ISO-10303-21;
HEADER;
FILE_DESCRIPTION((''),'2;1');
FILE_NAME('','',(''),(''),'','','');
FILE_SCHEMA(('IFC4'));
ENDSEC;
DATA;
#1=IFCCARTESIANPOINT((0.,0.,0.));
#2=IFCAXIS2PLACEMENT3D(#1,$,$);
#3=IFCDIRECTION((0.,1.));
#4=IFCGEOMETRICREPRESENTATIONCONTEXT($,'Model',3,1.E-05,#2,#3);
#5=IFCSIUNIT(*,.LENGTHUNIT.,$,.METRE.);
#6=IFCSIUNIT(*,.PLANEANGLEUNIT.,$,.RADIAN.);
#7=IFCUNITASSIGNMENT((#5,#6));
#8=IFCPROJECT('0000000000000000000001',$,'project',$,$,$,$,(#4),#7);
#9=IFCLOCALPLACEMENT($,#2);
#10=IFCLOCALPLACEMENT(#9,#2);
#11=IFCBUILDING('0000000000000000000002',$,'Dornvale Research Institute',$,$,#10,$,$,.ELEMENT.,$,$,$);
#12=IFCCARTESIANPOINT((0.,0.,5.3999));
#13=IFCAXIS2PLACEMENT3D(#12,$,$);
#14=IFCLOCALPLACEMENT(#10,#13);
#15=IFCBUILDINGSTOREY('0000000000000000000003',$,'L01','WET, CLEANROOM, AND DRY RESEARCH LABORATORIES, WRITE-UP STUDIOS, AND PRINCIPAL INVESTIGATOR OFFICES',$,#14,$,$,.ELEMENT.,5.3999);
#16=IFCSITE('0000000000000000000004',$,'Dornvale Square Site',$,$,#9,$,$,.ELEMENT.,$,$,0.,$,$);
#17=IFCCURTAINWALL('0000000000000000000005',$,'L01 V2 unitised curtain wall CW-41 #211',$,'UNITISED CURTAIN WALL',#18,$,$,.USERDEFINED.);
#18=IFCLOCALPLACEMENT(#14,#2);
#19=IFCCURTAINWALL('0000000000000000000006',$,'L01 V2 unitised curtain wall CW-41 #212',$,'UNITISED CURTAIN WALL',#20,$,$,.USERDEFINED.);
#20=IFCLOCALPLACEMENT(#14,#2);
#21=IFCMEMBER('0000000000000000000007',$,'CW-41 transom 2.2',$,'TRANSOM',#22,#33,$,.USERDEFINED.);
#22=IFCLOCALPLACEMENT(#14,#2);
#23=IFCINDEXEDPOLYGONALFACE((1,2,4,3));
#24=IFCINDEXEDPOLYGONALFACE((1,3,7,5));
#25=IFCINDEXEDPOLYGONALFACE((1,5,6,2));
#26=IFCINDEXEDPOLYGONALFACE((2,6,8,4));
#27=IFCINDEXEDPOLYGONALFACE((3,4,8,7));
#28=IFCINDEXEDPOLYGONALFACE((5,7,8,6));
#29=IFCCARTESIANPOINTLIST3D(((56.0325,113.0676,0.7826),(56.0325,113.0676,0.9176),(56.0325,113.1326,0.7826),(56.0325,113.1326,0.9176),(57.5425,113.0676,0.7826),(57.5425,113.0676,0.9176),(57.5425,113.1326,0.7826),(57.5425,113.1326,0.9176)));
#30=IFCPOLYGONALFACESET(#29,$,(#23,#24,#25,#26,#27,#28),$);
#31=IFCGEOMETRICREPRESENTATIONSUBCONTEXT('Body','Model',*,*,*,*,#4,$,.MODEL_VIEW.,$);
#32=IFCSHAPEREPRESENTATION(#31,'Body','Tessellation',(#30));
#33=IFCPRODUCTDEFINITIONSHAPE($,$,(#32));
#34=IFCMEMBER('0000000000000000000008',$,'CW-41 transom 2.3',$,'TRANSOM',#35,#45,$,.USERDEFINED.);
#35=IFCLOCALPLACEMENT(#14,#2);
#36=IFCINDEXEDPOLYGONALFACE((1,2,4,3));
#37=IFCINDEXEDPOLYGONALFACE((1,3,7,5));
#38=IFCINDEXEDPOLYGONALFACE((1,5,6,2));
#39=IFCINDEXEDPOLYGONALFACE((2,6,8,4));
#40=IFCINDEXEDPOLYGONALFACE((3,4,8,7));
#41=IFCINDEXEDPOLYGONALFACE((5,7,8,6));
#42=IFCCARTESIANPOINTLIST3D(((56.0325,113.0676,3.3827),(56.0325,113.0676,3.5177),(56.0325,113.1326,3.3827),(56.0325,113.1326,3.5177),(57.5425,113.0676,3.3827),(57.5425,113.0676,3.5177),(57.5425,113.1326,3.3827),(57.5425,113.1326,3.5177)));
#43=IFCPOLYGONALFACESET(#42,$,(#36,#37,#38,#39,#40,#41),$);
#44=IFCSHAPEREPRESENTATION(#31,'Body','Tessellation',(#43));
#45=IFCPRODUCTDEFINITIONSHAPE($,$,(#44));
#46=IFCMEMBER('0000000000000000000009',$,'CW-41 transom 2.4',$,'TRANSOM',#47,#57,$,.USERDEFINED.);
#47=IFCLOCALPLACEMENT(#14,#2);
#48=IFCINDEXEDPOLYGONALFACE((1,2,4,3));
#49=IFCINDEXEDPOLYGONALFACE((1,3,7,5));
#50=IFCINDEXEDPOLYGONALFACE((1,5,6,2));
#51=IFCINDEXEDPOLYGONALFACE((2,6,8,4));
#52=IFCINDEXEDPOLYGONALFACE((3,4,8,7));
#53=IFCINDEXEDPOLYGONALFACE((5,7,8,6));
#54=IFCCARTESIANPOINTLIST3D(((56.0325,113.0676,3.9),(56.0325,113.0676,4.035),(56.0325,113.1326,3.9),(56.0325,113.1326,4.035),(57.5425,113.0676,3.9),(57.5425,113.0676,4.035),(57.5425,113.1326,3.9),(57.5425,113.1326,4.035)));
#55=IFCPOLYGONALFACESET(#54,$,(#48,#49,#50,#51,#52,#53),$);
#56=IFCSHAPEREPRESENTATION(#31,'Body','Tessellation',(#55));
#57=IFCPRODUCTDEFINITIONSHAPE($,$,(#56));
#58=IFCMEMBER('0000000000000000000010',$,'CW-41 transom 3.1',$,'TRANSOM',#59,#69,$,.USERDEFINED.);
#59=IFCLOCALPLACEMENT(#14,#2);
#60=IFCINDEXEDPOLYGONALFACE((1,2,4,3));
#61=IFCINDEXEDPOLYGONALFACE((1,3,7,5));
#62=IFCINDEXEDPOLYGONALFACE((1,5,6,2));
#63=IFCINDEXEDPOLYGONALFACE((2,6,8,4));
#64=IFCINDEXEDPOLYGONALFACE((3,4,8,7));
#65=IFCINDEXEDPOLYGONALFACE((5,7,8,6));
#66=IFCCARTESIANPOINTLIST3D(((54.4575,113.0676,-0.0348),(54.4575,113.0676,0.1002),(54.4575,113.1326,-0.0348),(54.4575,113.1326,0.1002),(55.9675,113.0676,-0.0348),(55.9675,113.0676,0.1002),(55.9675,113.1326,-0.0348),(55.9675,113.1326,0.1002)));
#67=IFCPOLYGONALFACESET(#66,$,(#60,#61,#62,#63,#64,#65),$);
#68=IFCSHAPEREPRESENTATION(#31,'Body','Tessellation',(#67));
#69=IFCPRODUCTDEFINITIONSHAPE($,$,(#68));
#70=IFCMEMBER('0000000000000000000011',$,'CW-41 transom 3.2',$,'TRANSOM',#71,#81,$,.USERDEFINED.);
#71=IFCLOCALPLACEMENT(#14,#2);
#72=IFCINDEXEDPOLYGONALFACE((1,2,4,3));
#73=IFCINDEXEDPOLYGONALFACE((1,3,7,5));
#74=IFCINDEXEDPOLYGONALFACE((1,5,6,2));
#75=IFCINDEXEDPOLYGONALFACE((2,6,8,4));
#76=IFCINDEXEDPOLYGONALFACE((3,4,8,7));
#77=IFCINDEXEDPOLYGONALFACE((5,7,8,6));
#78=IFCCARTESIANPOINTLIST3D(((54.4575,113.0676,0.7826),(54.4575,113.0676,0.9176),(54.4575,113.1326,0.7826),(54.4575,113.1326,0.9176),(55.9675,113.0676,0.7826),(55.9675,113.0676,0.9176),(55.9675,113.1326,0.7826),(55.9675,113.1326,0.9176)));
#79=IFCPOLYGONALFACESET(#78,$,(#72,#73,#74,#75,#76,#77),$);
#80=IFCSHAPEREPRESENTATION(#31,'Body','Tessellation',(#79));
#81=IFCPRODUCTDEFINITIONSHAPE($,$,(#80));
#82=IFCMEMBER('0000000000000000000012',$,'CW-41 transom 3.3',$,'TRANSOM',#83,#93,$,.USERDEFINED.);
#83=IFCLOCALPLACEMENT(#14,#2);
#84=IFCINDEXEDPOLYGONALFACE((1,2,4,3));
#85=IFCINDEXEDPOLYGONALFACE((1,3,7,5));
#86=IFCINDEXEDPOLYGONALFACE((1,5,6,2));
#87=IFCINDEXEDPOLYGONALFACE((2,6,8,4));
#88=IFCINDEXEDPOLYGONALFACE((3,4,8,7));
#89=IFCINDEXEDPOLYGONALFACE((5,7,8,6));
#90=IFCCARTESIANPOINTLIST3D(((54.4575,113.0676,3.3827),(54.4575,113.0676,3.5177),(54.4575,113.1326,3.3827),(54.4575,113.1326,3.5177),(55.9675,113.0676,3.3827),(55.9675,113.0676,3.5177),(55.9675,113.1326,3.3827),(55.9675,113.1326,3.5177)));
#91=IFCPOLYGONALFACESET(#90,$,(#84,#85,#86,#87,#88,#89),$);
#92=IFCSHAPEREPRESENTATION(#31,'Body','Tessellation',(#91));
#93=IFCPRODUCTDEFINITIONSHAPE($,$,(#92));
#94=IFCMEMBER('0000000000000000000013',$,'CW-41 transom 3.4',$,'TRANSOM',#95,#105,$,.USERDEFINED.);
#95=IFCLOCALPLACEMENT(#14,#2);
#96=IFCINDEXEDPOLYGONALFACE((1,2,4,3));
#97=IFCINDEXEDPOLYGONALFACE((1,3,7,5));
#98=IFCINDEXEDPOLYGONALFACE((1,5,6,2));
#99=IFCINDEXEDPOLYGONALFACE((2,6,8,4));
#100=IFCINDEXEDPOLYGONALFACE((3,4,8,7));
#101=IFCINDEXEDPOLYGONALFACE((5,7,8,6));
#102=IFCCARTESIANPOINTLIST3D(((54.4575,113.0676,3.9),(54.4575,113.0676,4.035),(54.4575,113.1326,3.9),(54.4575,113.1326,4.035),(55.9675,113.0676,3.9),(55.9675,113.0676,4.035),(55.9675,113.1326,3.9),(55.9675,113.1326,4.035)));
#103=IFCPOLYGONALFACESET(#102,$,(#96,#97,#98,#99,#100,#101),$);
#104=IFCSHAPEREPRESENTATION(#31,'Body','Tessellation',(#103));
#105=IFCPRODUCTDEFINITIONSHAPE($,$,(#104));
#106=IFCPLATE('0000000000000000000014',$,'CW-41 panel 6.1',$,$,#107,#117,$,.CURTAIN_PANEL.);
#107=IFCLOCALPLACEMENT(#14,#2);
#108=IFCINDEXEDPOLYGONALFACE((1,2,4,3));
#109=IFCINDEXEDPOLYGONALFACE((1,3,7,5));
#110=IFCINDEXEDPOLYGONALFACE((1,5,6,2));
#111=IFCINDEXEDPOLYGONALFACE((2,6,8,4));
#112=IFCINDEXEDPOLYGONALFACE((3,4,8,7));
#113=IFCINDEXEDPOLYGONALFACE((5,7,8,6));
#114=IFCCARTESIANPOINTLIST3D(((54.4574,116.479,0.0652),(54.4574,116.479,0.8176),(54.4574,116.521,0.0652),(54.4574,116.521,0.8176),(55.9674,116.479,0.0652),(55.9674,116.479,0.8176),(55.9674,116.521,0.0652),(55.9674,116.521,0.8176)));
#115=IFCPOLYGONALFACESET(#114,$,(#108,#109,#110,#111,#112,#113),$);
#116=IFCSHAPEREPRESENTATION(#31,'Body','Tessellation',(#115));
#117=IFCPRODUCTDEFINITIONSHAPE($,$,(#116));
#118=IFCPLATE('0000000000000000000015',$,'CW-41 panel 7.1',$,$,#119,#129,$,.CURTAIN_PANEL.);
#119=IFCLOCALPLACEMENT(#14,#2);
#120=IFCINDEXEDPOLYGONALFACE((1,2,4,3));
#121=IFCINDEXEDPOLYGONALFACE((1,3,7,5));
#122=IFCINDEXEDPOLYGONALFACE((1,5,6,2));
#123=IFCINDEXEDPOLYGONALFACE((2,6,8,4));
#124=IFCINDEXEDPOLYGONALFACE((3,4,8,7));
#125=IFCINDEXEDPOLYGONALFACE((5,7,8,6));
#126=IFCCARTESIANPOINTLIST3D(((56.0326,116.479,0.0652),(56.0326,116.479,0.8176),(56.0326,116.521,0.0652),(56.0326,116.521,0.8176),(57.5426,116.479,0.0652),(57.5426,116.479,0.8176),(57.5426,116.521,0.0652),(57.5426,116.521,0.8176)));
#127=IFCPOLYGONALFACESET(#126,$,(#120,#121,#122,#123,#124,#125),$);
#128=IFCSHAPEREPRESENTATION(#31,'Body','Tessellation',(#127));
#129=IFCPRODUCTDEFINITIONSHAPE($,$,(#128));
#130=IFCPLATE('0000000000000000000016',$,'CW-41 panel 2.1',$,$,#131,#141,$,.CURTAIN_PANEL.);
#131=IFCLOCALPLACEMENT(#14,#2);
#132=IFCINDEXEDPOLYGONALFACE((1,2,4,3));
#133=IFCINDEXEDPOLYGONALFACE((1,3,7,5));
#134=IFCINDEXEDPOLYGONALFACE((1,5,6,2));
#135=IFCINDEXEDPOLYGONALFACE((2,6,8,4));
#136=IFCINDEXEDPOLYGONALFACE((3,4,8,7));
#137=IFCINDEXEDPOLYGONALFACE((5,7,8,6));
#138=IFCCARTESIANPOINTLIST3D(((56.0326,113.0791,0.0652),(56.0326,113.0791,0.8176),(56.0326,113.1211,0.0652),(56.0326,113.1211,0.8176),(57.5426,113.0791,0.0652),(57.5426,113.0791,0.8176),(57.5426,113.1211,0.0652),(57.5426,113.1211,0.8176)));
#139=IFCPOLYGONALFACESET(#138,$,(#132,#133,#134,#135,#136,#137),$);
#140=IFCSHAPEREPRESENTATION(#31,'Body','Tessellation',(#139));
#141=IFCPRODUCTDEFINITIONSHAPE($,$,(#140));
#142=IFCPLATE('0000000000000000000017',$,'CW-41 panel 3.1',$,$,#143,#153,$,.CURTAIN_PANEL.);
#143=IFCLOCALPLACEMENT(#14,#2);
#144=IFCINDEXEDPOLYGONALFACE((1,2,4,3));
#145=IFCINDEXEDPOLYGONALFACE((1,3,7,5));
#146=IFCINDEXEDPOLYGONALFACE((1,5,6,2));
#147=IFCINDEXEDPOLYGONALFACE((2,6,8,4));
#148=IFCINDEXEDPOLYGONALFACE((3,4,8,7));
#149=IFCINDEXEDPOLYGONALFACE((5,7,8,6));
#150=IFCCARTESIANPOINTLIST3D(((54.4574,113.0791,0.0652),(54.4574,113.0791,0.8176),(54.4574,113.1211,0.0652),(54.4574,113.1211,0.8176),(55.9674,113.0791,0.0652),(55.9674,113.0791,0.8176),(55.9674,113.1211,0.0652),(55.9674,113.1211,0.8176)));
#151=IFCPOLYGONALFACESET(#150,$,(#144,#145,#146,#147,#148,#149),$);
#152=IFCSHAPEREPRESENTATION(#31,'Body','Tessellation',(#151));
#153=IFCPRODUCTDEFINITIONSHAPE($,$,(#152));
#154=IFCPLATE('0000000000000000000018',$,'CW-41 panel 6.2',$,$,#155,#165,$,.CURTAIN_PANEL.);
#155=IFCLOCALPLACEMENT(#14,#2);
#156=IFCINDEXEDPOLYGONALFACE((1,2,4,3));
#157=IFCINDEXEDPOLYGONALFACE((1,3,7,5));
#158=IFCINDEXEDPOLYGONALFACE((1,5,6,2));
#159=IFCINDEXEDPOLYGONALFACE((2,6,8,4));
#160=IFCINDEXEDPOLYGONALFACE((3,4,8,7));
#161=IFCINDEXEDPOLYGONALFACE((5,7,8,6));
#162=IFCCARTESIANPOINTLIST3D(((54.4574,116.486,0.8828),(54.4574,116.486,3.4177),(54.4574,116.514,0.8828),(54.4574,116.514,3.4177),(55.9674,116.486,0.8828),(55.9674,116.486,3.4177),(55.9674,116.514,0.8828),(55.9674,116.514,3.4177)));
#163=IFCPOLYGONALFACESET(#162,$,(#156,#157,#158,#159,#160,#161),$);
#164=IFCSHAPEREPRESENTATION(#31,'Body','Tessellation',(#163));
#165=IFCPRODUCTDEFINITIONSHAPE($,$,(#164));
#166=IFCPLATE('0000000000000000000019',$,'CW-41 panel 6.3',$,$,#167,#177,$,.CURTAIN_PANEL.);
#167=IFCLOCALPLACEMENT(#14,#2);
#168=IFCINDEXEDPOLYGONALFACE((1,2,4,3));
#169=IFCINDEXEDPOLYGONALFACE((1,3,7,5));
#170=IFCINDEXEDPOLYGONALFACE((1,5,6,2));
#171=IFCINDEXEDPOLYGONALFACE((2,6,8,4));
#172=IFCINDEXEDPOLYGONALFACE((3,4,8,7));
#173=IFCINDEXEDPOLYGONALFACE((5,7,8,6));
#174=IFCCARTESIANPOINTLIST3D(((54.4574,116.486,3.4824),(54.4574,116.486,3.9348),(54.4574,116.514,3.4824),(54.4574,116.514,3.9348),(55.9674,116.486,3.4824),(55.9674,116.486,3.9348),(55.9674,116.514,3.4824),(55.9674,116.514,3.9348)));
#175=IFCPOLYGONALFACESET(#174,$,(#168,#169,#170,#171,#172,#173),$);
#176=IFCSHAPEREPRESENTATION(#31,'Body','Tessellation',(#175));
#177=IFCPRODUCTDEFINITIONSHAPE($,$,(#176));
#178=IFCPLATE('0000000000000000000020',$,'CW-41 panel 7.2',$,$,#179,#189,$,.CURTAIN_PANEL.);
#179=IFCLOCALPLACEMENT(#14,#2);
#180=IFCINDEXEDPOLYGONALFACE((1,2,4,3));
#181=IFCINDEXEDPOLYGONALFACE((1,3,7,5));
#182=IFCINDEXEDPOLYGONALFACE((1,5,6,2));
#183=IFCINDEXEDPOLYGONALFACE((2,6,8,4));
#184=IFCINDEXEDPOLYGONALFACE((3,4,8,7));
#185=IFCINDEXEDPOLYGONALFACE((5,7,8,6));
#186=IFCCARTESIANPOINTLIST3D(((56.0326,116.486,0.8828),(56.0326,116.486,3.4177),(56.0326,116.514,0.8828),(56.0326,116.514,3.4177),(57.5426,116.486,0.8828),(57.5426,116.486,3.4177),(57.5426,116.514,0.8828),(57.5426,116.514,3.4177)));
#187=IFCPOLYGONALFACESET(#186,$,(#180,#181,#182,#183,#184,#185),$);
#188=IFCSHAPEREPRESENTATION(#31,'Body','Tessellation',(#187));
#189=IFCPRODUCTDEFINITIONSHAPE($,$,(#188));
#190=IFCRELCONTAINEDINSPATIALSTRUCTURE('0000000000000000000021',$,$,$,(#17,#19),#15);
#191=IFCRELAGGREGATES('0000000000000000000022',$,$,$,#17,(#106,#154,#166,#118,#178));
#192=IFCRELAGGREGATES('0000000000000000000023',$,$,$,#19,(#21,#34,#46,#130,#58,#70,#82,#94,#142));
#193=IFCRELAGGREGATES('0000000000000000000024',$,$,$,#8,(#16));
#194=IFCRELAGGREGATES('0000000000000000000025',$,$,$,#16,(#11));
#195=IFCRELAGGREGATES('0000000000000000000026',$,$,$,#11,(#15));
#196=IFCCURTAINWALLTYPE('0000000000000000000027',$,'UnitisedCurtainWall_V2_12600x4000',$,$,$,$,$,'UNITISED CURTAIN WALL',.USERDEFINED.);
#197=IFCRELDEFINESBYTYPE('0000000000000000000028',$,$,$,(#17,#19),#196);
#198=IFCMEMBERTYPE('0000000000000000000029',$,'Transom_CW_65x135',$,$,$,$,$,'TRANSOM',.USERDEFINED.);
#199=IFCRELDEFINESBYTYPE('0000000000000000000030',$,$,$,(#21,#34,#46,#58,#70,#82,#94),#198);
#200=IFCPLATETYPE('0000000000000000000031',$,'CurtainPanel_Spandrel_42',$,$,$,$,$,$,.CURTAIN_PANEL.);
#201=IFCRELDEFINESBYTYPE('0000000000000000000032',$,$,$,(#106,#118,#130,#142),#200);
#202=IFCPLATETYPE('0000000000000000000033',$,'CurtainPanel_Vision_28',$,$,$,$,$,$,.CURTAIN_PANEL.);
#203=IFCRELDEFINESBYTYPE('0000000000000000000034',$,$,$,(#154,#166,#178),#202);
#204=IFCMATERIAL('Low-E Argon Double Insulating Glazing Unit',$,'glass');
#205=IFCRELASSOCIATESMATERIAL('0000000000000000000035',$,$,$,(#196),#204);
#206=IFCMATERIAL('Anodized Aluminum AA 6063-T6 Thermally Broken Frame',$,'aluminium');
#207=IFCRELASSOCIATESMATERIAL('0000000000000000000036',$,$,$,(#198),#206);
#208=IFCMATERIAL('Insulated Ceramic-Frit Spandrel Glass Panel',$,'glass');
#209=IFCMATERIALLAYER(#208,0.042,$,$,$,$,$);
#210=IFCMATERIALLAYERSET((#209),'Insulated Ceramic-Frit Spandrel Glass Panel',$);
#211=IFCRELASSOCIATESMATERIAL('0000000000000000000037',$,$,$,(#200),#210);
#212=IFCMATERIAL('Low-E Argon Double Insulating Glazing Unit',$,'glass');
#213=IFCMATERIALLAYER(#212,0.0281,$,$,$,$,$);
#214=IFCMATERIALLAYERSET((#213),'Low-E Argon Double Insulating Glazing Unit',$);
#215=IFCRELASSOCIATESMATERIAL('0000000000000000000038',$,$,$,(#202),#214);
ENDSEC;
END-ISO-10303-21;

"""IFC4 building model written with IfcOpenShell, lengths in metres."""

from ifc_helpers import new_model, si_unit, direction, frame, origin, origin_2d, place, context, subcontext, project, spatial, rectangle, extrude, material, layer, layer_set, material_profile, profile_set, type_object, element, aggregate, save


model = new_model("IFC4")

# Units and contexts
model_context = context("Model", 3, precision=1e-05, world=origin(), true_north=direction((0.0, 1.0)))
body_context = subcontext(model_context, "Body", "Model", "MODEL_VIEW")
ifc_project = project(units=[si_unit("LENGTHUNIT", "METRE"), si_unit("PLANEANGLEUNIT", "RADIAN")], contexts=[model_context])

# Site, building, storey
site_placement = place(None, origin())
site = spatial("IfcSite", under=ifc_project, at=site_placement, Name="Dornvale Square Site", CompositionType="ELEMENT", RefElevation=0.0)
building_placement = place(site_placement, origin())
building = spatial("IfcBuilding", under=site, at=building_placement, Name="Dornvale Research Institute", CompositionType="ELEMENT")
storey_placement = place(building_placement, frame((0.0, 0.0, 5.3999)))
storey = spatial("IfcBuildingStorey", under=building, at=storey_placement, Name="L01", Description="WET, CLEANROOM, AND DRY RESEARCH LABORATORIES, WRITE-UP STUDIOS, AND PRINCIPAL INVESTIGATOR OFFICES", CompositionType="ELEMENT", Elevation=5.3999)

# Curtain walls
ifc_material_1 = material(Name="Low-E Argon Double Insulating Glazing Unit", Category="glass")
curtain_wall_type = type_object("IfcCurtainWallType", Name="UnitisedCurtainWall_V2_12600x4000", ElementType="UNITISED CURTAIN WALL", PredefinedType="USERDEFINED", material=ifc_material_1)
curtain_wall_1_placement = place(storey_placement, origin())
curtain_wall_1 = element("IfcCurtainWall", 1, at=curtain_wall_1_placement, inside=storey, type_object=curtain_wall_type, Name="L01 V2 unitised curtain wall CW-41 #211", ObjectType="UNITISED CURTAIN WALL", PredefinedType="USERDEFINED")
curtain_wall_2_placement = place(storey_placement, origin())
curtain_wall_2 = element("IfcCurtainWall", 2, at=curtain_wall_2_placement, inside=storey, type_object=curtain_wall_type, Name="L01 V2 unitised curtain wall CW-41 #212", ObjectType="UNITISED CURTAIN WALL", PredefinedType="USERDEFINED")

# Members
ifc_material_2 = material(Name="Anodized Aluminum AA 6063-T6 Thermally Broken Frame", Category="aluminium")
ifc_material_profile_1 = material_profile(ifc_material_2, rectangle(XDim=0.0649, YDim=0.135, at=origin_2d()), Name="ALU TRANSOM 65x135")
ifc_profile_set_1 = profile_set([ifc_material_profile_1], Name="Anodized Aluminum AA 6063-T6 Thermally Broken Frame")
member_type_1 = type_object("IfcMemberType", Name="Transom_CW_65x135", ElementType="TRANSOM", PredefinedType="USERDEFINED", material=ifc_profile_set_1)
member_1_placement = place(storey_placement, frame((57.5425, 113.1001, 0.8501), z_axis=(-1.0, 0.0, 0.0), x_axis=(0.0, -1.0, 0.0)))
member_1 = element("IfcMember", 3, at=member_1_placement, type_object=member_type_1, Name="CW-41 transom 2.2", ObjectType="TRANSOM", PredefinedType="USERDEFINED", context=body_context, shape_type="SweptSolid", body=[
    extrude(rectangle(XDim=0.0649, YDim=0.135, at=origin_2d()), origin(), (0.0, 0.0, 1.0), 1.51),
])
member_2_placement = place(storey_placement, frame((57.5425, 113.1001, 3.4502), z_axis=(-1.0, 0.0, 0.0), x_axis=(0.0, -1.0, 0.0)))
member_2 = element("IfcMember", 4, at=member_2_placement, type_object=member_type_1, Name="CW-41 transom 2.3", ObjectType="TRANSOM", PredefinedType="USERDEFINED", context=body_context, shape_type="SweptSolid", body=[
    extrude(rectangle(XDim=0.0649, YDim=0.135, at=origin_2d()), origin(), (0.0, 0.0, 1.0), 1.51),
])
member_3_placement = place(storey_placement, frame((57.5425, 113.1001, 3.9675), z_axis=(-1.0, 0.0, 0.0), x_axis=(0.0, -1.0, 0.0)))
member_3 = element("IfcMember", 5, at=member_3_placement, type_object=member_type_1, Name="CW-41 transom 2.4", ObjectType="TRANSOM", PredefinedType="USERDEFINED", context=body_context, shape_type="SweptSolid", body=[
    extrude(rectangle(XDim=0.0649, YDim=0.135, at=origin_2d()), origin(), (0.0, 0.0, 1.0), 1.51),
])
member_4_placement = place(storey_placement, frame((55.9675, 113.1001, 0.0327), z_axis=(-1.0, 0.0, 0.0), x_axis=(0.0, -1.0, 0.0)))
member_4 = element("IfcMember", 6, at=member_4_placement, type_object=member_type_1, Name="CW-41 transom 3.1", ObjectType="TRANSOM", PredefinedType="USERDEFINED", context=body_context, shape_type="SweptSolid", body=[
    extrude(rectangle(XDim=0.0649, YDim=0.135, at=origin_2d()), origin(), (0.0, 0.0, 1.0), 1.51),
])
member_5_placement = place(storey_placement, frame((55.9675, 113.1001, 0.8501), z_axis=(-1.0, 0.0, 0.0), x_axis=(0.0, -1.0, 0.0)))
member_5 = element("IfcMember", 7, at=member_5_placement, type_object=member_type_1, Name="CW-41 transom 3.2", ObjectType="TRANSOM", PredefinedType="USERDEFINED", context=body_context, shape_type="SweptSolid", body=[
    extrude(rectangle(XDim=0.0649, YDim=0.135, at=origin_2d()), origin(), (0.0, 0.0, 1.0), 1.51),
])
member_6_placement = place(storey_placement, frame((55.9675, 113.1001, 3.4502), z_axis=(-1.0, 0.0, 0.0), x_axis=(0.0, -1.0, 0.0)))
member_6 = element("IfcMember", 8, at=member_6_placement, type_object=member_type_1, Name="CW-41 transom 3.3", ObjectType="TRANSOM", PredefinedType="USERDEFINED", context=body_context, shape_type="SweptSolid", body=[
    extrude(rectangle(XDim=0.0649, YDim=0.135, at=origin_2d()), origin(), (0.0, 0.0, 1.0), 1.51),
])
member_7_placement = place(storey_placement, frame((55.9675, 113.1001, 3.9675), z_axis=(-1.0, 0.0, 0.0), x_axis=(0.0, -1.0, 0.0)))
member_7 = element("IfcMember", 9, at=member_7_placement, type_object=member_type_1, Name="CW-41 transom 3.4", ObjectType="TRANSOM", PredefinedType="USERDEFINED", context=body_context, shape_type="SweptSolid", body=[
    extrude(rectangle(XDim=0.0649, YDim=0.135, at=origin_2d()), origin(), (0.0, 0.0, 1.0), 1.51),
])

# Plates
ifc_material_3 = material(Name="Insulated Ceramic-Frit Spandrel Glass Panel", Category="glass")
ifc_layer_1 = layer(ifc_material_3, 0.042)
ifc_layer_set_1 = layer_set([ifc_layer_1], Name="Insulated Ceramic-Frit Spandrel Glass Panel")
plate_type_1 = type_object("IfcPlateType", Name="CurtainPanel_Spandrel_42", PredefinedType="CURTAIN_PANEL", material=ifc_layer_set_1)
plate_1_placement = place(storey_placement, frame((55.2124, 116.5, 0.0652), z_axis=(0.0, 0.0, 1.0), x_axis=(1.0, 0.0, 0.0)))
plate_1 = element("IfcPlate", 10, at=plate_1_placement, type_object=plate_type_1, Name="CW-41 panel 6.1", PredefinedType="CURTAIN_PANEL", context=body_context, shape_type="SweptSolid", body=[
    extrude(rectangle(XDim=1.51, YDim=0.042, at=origin_2d()), origin(), (0.0, 0.0, 1.0), 0.7524),
])
plate_2_placement = place(storey_placement, frame((56.7876, 116.5, 0.0652), z_axis=(0.0, 0.0, 1.0), x_axis=(1.0, 0.0, 0.0)))
plate_2 = element("IfcPlate", 11, at=plate_2_placement, type_object=plate_type_1, Name="CW-41 panel 7.1", PredefinedType="CURTAIN_PANEL", context=body_context, shape_type="SweptSolid", body=[
    extrude(rectangle(XDim=1.51, YDim=0.042, at=origin_2d()), origin(), (0.0, 0.0, 1.0), 0.7524),
])
plate_3_placement = place(storey_placement, frame((56.7876, 113.1001, 0.0652), z_axis=(0.0, 0.0, 1.0), x_axis=(-1.0, 0.0, 0.0)))
plate_3 = element("IfcPlate", 12, at=plate_3_placement, type_object=plate_type_1, Name="CW-41 panel 2.1", PredefinedType="CURTAIN_PANEL", context=body_context, shape_type="SweptSolid", body=[
    extrude(rectangle(XDim=1.51, YDim=0.042, at=origin_2d()), origin(), (0.0, 0.0, 1.0), 0.7524),
])
plate_4_placement = place(storey_placement, frame((55.2124, 113.1001, 0.0652), z_axis=(0.0, 0.0, 1.0), x_axis=(-1.0, 0.0, 0.0)))
plate_4 = element("IfcPlate", 13, at=plate_4_placement, type_object=plate_type_1, Name="CW-41 panel 3.1", PredefinedType="CURTAIN_PANEL", context=body_context, shape_type="SweptSolid", body=[
    extrude(rectangle(XDim=1.51, YDim=0.042, at=origin_2d()), origin(), (0.0, 0.0, 1.0), 0.7524),
])
ifc_material_4 = material(Name="Low-E Argon Double Insulating Glazing Unit", Category="glass")
ifc_layer_2 = layer(ifc_material_4, 0.0281)
ifc_layer_set_2 = layer_set([ifc_layer_2], Name="Low-E Argon Double Insulating Glazing Unit")
plate_type_2 = type_object("IfcPlateType", Name="CurtainPanel_Vision_28", PredefinedType="CURTAIN_PANEL", material=ifc_layer_set_2)
plate_5_placement = place(storey_placement, frame((55.2124, 116.5, 0.8828), z_axis=(0.0, 0.0, 1.0), x_axis=(1.0, 0.0, 0.0)))
plate_5 = element("IfcPlate", 14, at=plate_5_placement, type_object=plate_type_2, Name="CW-41 panel 6.2", PredefinedType="CURTAIN_PANEL", context=body_context, shape_type="SweptSolid", body=[
    extrude(rectangle(XDim=1.51, YDim=0.0281, at=origin_2d()), origin(), (0.0, 0.0, 1.0), 2.5349),
])
plate_6_placement = place(storey_placement, frame((55.2124, 116.5, 3.4824), z_axis=(0.0, 0.0, 1.0), x_axis=(1.0, 0.0, 0.0)))
plate_6 = element("IfcPlate", 15, at=plate_6_placement, type_object=plate_type_2, Name="CW-41 panel 6.3", PredefinedType="CURTAIN_PANEL", context=body_context, shape_type="SweptSolid", body=[
    extrude(rectangle(XDim=1.51, YDim=0.0281, at=origin_2d()), origin(), (0.0, 0.0, 1.0), 0.4524),
])
plate_7_placement = place(storey_placement, frame((56.7876, 116.5, 0.8828), z_axis=(0.0, 0.0, 1.0), x_axis=(1.0, 0.0, 0.0)))
plate_7 = element("IfcPlate", 16, at=plate_7_placement, type_object=plate_type_2, Name="CW-41 panel 7.2", PredefinedType="CURTAIN_PANEL", context=body_context, shape_type="SweptSolid", body=[
    extrude(rectangle(XDim=1.51, YDim=0.0281, at=origin_2d()), origin(), (0.0, 0.0, 1.0), 2.5349),
])
aggregate(curtain_wall_1, [plate_1, plate_5, plate_6, plate_2, plate_7])
aggregate(curtain_wall_2, [member_1, member_2, member_3, plate_3, member_4, member_5, member_6, member_7, plate_4])

save(model, "model.ifc")
